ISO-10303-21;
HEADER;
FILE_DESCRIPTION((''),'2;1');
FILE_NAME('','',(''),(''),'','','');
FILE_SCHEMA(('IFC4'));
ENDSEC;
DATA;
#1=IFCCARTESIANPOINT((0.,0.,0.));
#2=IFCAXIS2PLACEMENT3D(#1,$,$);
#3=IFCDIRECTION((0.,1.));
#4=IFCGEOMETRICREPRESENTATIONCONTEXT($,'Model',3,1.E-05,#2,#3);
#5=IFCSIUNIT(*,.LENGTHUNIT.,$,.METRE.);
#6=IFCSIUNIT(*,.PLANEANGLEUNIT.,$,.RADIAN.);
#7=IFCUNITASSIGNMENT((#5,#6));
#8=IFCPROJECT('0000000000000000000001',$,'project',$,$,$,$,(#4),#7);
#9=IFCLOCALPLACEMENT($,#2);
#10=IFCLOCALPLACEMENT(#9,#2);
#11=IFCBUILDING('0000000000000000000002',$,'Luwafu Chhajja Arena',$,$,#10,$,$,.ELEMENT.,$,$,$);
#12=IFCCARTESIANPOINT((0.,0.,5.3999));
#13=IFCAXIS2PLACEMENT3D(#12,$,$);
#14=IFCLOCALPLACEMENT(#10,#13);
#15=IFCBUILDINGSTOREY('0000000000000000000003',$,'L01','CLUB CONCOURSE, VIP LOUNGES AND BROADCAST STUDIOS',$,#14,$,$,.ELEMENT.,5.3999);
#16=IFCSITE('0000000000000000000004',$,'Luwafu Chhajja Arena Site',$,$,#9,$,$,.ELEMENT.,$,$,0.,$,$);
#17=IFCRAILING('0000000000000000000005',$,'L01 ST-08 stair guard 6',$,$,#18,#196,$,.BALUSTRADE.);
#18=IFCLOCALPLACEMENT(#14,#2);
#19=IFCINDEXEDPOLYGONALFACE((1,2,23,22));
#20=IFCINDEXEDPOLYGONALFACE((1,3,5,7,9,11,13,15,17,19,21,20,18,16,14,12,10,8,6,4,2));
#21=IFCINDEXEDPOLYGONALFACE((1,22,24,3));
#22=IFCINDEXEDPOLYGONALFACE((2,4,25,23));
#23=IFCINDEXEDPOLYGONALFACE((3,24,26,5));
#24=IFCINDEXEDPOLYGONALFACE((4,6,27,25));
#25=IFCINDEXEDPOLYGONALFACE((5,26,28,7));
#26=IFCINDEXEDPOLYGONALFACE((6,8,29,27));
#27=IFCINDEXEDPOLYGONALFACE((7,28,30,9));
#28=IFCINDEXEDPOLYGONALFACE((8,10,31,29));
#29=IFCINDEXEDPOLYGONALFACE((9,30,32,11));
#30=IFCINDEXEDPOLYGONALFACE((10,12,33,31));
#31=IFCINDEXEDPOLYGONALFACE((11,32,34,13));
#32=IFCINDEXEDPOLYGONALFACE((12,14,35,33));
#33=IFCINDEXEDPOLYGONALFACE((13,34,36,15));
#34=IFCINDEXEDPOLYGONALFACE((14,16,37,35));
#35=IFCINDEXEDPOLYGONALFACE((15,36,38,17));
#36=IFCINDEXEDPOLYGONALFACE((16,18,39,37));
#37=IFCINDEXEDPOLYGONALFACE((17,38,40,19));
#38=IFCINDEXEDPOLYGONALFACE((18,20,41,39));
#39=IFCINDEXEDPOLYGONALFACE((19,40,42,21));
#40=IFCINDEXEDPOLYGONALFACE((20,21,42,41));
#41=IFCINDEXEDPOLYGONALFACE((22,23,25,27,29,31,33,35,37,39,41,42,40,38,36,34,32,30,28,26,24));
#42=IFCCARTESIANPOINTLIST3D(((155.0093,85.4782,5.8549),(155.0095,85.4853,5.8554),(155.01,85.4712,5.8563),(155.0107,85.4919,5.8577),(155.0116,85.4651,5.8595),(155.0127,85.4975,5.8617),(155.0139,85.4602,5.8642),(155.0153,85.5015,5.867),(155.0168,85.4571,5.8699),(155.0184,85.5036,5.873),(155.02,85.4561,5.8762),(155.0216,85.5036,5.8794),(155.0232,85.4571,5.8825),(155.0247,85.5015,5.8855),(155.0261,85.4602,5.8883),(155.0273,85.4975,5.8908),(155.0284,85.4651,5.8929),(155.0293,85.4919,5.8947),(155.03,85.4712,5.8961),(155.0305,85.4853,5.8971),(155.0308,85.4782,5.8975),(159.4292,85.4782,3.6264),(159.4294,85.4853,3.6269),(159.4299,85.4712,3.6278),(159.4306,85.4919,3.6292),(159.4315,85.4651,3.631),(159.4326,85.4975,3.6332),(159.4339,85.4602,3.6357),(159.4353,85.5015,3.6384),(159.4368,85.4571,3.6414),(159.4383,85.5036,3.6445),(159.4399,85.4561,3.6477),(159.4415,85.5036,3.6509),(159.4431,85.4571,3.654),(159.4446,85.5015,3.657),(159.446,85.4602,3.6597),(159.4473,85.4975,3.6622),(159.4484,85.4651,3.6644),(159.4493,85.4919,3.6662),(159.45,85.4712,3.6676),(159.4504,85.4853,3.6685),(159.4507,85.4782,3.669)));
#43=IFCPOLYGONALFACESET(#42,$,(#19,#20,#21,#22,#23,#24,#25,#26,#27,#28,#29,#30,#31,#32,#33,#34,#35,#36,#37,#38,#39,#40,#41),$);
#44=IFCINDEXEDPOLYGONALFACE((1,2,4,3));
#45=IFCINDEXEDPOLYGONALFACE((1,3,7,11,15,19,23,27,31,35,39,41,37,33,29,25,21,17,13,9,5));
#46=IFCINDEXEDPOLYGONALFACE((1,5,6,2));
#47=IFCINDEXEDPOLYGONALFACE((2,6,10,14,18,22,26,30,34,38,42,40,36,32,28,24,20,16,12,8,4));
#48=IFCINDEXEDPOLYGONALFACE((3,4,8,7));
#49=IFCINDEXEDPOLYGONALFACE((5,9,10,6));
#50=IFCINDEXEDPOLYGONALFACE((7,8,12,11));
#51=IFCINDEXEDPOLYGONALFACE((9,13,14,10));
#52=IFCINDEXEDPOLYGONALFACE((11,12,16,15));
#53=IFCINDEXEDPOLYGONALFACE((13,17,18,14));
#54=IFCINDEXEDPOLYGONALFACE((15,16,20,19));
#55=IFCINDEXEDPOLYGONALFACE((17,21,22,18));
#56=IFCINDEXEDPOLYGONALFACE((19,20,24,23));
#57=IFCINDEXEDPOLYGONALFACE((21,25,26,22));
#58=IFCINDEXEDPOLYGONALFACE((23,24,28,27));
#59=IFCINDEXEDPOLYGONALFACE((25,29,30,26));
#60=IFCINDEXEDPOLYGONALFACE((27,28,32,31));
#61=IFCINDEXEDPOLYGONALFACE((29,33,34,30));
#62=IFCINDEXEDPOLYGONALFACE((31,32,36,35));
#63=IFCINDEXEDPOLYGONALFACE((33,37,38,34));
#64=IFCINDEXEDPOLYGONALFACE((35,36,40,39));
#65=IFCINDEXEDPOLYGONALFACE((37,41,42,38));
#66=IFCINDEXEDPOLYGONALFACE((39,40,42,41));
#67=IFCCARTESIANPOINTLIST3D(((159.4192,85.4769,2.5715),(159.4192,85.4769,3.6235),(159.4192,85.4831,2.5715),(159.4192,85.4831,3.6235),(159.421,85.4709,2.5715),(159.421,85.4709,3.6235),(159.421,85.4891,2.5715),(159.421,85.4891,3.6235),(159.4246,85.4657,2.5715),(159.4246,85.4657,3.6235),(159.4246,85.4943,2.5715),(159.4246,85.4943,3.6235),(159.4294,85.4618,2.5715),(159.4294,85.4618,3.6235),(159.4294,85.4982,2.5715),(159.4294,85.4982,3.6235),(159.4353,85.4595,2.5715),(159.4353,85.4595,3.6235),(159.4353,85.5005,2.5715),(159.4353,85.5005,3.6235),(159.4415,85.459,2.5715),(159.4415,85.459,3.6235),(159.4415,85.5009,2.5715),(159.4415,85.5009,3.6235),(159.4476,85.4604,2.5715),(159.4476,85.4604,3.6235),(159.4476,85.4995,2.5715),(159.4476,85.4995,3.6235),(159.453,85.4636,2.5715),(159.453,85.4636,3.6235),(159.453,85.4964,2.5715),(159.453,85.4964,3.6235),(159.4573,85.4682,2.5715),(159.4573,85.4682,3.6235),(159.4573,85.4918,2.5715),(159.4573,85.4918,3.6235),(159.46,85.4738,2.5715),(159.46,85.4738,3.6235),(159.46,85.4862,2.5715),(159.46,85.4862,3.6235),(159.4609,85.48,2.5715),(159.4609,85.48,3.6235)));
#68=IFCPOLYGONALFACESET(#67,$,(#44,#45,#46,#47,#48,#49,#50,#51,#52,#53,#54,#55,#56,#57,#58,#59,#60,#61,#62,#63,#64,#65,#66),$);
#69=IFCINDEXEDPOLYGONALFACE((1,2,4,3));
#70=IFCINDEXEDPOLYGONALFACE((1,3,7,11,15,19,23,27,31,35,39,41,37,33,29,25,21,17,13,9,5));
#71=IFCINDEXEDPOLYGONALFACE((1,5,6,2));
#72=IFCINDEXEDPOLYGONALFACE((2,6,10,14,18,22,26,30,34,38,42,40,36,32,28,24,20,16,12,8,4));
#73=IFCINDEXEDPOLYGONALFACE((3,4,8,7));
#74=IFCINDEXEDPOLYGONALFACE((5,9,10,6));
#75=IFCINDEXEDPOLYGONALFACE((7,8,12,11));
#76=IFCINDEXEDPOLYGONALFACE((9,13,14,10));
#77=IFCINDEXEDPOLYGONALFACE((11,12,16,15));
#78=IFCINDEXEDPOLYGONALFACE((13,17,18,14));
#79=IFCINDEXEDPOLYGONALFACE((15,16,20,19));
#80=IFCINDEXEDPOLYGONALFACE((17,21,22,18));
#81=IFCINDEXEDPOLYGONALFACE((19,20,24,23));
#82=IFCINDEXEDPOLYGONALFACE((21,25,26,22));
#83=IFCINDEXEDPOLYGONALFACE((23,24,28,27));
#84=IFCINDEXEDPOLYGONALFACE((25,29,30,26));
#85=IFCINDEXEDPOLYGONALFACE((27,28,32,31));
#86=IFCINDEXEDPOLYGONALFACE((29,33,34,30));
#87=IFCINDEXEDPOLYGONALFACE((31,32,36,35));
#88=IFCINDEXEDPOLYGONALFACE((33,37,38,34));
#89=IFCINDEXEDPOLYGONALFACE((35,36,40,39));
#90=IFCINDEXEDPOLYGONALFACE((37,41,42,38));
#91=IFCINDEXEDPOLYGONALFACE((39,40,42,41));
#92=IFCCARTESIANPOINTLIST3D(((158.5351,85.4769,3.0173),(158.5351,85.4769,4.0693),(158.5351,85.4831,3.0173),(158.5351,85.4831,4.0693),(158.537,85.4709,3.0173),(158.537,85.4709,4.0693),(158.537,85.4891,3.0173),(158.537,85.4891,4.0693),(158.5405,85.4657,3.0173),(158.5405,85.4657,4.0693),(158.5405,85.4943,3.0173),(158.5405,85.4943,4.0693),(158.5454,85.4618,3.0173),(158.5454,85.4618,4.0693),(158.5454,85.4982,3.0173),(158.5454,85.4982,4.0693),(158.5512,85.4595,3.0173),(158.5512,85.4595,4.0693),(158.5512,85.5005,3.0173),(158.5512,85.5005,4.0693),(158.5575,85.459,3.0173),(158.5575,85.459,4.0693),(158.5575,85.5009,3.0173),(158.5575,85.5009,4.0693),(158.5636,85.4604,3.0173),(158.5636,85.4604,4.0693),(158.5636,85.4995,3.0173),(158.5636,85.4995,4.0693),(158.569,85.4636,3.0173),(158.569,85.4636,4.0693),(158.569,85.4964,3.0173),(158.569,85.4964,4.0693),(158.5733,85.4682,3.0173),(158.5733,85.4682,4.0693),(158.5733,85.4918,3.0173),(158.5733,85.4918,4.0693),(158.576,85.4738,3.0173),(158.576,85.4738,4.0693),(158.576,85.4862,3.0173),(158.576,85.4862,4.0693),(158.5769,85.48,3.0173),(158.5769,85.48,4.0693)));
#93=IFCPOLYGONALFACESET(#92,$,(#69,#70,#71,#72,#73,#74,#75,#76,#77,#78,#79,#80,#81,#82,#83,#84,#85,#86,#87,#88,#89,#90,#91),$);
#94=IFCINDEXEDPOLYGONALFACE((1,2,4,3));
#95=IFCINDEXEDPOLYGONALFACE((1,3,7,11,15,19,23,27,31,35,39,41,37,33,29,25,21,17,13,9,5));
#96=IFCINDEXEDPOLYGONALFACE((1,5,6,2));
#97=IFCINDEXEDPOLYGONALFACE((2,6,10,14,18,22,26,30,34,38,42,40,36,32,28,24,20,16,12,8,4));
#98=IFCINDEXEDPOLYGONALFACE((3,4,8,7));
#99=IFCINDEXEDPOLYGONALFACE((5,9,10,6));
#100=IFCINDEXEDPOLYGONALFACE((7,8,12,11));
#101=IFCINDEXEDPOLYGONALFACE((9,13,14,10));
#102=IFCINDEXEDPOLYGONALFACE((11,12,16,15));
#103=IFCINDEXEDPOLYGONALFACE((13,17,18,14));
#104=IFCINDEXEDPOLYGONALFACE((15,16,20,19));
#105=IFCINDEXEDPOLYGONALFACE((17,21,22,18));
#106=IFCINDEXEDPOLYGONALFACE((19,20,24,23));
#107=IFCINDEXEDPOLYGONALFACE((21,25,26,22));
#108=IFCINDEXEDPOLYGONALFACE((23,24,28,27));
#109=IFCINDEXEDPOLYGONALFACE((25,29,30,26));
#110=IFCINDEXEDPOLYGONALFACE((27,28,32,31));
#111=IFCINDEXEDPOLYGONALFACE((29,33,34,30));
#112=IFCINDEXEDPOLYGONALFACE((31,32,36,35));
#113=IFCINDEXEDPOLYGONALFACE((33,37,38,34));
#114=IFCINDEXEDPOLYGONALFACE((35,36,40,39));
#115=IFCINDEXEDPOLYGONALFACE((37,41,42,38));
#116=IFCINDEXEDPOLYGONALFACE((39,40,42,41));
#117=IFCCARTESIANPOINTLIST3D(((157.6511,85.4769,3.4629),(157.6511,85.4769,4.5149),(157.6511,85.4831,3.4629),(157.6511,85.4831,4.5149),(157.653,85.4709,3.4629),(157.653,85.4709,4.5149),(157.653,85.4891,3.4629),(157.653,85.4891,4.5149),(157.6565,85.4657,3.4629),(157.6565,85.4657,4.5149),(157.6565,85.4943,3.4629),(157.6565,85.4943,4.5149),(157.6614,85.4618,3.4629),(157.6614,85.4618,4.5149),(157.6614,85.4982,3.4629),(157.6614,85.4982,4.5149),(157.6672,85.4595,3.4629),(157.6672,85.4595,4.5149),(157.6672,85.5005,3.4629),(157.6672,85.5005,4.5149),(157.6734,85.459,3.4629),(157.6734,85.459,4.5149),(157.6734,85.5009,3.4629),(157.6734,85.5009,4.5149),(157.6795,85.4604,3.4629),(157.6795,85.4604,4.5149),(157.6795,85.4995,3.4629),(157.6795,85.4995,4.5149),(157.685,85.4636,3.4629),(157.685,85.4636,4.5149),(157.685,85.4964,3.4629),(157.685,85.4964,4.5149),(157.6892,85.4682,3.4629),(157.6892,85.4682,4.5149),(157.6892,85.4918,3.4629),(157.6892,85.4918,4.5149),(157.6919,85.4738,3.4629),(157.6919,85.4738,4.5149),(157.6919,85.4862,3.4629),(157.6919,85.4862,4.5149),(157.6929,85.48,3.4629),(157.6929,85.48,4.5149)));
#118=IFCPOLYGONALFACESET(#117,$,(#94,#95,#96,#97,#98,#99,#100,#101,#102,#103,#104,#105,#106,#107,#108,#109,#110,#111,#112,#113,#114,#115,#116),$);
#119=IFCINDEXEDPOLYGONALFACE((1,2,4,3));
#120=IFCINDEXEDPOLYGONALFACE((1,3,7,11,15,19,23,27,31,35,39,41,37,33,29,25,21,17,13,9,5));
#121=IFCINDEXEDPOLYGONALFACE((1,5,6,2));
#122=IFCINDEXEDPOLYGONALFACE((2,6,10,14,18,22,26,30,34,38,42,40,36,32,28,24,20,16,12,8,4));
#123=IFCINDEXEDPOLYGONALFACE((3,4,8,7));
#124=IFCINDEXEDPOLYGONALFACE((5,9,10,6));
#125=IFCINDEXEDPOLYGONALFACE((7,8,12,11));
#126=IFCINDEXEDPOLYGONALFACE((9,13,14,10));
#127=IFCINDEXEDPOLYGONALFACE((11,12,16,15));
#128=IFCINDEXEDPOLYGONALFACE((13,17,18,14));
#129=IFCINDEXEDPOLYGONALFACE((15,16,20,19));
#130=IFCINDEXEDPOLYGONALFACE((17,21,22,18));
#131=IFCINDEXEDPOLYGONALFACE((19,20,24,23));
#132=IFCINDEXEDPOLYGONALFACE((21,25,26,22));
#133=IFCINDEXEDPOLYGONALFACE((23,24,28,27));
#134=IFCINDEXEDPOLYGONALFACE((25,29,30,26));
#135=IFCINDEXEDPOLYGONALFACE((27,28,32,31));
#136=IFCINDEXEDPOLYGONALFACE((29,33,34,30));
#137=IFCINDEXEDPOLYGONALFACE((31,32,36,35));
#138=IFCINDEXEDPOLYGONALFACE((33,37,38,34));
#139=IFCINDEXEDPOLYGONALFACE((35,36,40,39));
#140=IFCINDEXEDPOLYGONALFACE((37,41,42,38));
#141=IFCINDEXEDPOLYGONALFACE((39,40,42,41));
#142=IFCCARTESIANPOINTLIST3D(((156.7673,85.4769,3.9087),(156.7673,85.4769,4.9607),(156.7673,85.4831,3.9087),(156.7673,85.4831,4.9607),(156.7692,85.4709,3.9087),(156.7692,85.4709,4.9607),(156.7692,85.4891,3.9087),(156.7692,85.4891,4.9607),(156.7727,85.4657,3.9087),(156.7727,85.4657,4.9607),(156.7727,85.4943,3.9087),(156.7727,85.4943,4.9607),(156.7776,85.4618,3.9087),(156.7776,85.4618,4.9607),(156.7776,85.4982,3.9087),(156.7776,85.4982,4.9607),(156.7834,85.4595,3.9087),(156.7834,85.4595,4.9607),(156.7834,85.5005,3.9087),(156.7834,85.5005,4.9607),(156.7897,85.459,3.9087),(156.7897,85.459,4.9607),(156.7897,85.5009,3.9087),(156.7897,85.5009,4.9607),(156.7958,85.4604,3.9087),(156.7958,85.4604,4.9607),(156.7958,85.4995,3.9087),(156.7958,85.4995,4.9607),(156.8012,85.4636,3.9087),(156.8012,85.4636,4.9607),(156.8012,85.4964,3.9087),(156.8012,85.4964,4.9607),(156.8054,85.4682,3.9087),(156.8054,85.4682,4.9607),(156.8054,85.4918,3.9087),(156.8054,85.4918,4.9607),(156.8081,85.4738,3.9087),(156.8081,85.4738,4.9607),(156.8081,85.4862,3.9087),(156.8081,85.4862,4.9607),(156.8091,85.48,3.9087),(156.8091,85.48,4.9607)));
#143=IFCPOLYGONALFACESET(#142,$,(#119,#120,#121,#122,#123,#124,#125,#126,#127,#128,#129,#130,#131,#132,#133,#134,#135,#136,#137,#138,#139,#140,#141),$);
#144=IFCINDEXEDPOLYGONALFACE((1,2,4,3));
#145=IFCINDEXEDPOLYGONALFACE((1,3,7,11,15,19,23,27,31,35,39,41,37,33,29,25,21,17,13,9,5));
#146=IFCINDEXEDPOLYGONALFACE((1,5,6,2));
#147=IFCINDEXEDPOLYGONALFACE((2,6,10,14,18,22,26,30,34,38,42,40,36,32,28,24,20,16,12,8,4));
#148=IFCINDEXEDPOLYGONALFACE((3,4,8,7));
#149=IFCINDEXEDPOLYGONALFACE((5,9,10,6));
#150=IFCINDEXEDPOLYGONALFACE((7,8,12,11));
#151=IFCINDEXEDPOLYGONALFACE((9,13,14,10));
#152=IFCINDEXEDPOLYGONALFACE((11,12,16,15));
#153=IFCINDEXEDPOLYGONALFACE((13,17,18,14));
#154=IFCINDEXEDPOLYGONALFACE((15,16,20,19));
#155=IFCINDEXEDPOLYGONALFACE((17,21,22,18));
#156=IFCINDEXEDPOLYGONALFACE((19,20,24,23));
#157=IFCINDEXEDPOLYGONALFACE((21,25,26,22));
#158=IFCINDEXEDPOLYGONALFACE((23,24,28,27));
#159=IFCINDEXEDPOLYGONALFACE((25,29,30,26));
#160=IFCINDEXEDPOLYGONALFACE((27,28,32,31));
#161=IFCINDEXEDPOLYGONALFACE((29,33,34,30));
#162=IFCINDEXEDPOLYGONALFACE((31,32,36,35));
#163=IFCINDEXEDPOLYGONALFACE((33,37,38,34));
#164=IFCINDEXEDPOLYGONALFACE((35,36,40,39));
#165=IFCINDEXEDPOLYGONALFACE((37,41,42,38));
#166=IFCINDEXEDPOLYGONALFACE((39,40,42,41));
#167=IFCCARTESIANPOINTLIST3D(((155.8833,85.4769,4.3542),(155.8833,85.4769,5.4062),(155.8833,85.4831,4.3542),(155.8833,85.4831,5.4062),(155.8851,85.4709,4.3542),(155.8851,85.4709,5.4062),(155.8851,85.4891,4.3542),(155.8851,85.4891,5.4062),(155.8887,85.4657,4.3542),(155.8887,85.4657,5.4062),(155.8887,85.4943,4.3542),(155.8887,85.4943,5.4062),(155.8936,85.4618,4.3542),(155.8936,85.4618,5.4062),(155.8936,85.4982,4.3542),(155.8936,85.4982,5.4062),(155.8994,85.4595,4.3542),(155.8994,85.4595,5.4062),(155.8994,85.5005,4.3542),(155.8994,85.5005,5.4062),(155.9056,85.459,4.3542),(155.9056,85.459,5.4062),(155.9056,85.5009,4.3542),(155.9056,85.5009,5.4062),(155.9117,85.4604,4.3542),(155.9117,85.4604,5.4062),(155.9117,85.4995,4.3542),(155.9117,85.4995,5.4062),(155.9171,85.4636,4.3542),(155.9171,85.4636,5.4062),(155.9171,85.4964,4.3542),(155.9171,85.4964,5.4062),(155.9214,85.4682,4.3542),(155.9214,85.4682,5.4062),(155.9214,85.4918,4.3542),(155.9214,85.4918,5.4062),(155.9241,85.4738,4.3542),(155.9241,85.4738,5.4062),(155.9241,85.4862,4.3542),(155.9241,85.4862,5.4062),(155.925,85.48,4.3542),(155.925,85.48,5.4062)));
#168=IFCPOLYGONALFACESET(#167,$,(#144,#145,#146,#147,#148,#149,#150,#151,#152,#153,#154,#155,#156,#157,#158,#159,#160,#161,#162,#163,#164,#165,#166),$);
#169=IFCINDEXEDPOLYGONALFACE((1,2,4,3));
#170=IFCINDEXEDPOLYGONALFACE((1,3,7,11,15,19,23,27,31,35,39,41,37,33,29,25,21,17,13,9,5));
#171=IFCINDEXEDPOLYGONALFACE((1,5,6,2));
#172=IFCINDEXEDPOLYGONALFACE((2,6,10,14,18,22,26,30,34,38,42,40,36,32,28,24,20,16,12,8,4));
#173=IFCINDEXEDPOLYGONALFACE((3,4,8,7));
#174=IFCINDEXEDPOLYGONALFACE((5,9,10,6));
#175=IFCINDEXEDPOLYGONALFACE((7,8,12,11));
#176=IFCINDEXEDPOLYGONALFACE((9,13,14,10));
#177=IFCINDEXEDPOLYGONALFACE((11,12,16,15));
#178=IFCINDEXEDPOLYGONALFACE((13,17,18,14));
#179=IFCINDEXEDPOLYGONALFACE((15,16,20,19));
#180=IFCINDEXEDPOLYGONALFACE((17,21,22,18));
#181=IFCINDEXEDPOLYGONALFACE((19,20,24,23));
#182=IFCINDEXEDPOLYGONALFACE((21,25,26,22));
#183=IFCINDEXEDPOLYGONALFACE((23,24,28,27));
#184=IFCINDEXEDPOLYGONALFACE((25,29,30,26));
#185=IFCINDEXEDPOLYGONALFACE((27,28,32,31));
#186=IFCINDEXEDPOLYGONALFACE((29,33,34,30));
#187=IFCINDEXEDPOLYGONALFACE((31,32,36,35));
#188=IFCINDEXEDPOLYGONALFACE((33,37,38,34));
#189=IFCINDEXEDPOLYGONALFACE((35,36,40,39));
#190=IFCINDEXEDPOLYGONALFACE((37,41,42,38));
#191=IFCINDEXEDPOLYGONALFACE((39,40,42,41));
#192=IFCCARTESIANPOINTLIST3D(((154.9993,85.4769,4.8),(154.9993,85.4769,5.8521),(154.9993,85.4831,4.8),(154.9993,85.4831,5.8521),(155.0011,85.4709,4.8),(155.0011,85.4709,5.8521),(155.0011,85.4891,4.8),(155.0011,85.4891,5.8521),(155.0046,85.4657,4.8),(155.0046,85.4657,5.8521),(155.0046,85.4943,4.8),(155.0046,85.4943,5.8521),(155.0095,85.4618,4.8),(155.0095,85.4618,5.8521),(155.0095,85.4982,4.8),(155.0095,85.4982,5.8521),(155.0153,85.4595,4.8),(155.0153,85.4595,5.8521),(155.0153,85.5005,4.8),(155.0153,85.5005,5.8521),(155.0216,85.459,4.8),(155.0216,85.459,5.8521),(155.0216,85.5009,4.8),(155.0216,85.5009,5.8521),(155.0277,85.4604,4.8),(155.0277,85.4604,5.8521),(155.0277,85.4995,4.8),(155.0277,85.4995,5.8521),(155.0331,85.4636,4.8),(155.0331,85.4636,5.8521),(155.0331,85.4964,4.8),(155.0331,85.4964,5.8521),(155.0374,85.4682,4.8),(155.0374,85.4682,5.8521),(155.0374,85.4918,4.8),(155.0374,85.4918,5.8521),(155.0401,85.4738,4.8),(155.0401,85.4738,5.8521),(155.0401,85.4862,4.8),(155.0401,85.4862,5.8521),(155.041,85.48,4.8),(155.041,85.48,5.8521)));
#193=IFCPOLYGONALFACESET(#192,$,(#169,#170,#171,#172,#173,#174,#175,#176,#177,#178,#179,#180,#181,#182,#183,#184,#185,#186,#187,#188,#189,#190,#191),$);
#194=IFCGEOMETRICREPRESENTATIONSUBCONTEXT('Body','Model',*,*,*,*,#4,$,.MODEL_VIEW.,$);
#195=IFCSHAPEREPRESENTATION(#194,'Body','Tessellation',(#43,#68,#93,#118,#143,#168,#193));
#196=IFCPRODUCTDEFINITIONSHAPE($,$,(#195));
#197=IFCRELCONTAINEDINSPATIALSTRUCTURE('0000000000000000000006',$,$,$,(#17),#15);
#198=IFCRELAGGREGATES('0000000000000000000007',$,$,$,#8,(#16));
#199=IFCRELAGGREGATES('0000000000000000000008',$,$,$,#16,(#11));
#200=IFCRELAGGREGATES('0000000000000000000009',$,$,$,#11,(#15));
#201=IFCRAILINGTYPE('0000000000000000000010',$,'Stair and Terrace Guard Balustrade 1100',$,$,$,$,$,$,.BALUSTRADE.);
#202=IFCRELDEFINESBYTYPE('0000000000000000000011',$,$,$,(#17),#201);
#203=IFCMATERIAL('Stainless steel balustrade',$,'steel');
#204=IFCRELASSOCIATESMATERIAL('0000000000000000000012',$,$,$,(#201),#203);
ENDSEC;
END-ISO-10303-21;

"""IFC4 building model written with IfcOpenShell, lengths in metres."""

from ifc_helpers import new_model, si_unit, direction, frame, origin, origin_2d, place, context, subcontext, project, spatial, circle, extrude, material, type_object, element, save


model = new_model("IFC4")

# Units and contexts
model_context = context("Model", 3, precision=1e-05, world=origin(), true_north=direction((0.0, 1.0)))
body_context = subcontext(model_context, "Body", "Model", "MODEL_VIEW")
ifc_project = project(units=[si_unit("LENGTHUNIT", "METRE"), si_unit("PLANEANGLEUNIT", "RADIAN")], contexts=[model_context])

# Site, building, storey
site_placement = place(None, origin())
site = spatial("IfcSite", under=ifc_project, at=site_placement, Name="Luwafu Chhajja Arena Site", CompositionType="ELEMENT", RefElevation=0.0)
building_placement = place(site_placement, origin())
building = spatial("IfcBuilding", under=site, at=building_placement, Name="Luwafu Chhajja Arena", CompositionType="ELEMENT")
storey_placement = place(building_placement, frame((0.0, 0.0, 5.3999)))
storey = spatial("IfcBuildingStorey", under=building, at=storey_placement, Name="L01", Description="CLUB CONCOURSE, VIP LOUNGES AND BROADCAST STUDIOS", CompositionType="ELEMENT", Elevation=5.3999)

# Railing
ifc_material_1 = material(Name="Stainless steel balustrade", Category="steel")
railing_type_1 = type_object("IfcRailingType", Name="Stair and Terrace Guard Balustrade 1100", PredefinedType="BALUSTRADE", material=ifc_material_1)
railing_1_placement = place(storey_placement, frame((159.4399, 85.48, 2.5715)))
element("IfcRailing", 1, at=railing_1_placement, inside=storey, type_object=railing_type_1, Name="L01 ST-08 stair guard 6", PredefinedType="BALUSTRADE", context=body_context, shape_type="SweptSolid", body=[
    extrude(circle(Radius=0.0239, at=origin_2d()), frame((0.0, 0.0, 1.0762), z_axis=(-0.892923, 0.0, 0.45021), x_axis=(0.0, -1.0, 0.0)), (0.0, 0.0, 1.0), 4.95),
    extrude(circle(Radius=0.021, at=origin_2d()), origin(), (0.0, 0.0, 1.0), 1.052),
    extrude(circle(Radius=0.021, at=origin_2d()), frame((-0.884, 0.0, 0.4458)), (0.0, 0.0, 1.0), 1.052),
    extrude(circle(Radius=0.021, at=origin_2d()), frame((-1.7681, 0.0, 0.8914)), (0.0, 0.0, 1.0), 1.052),
    extrude(circle(Radius=0.021, at=origin_2d()), frame((-2.6519, 0.0, 1.3372)), (0.0, 0.0, 1.0), 1.052),
    extrude(circle(Radius=0.021, at=origin_2d()), frame((-3.5359, 0.0, 1.7827)), (0.0, 0.0, 1.0), 1.052),
    extrude(circle(Radius=0.021, at=origin_2d()), frame((-4.4199, 0.0, 2.2285)), (0.0, 0.0, 1.0), 1.052),
])

save(model, "model.ifc")
